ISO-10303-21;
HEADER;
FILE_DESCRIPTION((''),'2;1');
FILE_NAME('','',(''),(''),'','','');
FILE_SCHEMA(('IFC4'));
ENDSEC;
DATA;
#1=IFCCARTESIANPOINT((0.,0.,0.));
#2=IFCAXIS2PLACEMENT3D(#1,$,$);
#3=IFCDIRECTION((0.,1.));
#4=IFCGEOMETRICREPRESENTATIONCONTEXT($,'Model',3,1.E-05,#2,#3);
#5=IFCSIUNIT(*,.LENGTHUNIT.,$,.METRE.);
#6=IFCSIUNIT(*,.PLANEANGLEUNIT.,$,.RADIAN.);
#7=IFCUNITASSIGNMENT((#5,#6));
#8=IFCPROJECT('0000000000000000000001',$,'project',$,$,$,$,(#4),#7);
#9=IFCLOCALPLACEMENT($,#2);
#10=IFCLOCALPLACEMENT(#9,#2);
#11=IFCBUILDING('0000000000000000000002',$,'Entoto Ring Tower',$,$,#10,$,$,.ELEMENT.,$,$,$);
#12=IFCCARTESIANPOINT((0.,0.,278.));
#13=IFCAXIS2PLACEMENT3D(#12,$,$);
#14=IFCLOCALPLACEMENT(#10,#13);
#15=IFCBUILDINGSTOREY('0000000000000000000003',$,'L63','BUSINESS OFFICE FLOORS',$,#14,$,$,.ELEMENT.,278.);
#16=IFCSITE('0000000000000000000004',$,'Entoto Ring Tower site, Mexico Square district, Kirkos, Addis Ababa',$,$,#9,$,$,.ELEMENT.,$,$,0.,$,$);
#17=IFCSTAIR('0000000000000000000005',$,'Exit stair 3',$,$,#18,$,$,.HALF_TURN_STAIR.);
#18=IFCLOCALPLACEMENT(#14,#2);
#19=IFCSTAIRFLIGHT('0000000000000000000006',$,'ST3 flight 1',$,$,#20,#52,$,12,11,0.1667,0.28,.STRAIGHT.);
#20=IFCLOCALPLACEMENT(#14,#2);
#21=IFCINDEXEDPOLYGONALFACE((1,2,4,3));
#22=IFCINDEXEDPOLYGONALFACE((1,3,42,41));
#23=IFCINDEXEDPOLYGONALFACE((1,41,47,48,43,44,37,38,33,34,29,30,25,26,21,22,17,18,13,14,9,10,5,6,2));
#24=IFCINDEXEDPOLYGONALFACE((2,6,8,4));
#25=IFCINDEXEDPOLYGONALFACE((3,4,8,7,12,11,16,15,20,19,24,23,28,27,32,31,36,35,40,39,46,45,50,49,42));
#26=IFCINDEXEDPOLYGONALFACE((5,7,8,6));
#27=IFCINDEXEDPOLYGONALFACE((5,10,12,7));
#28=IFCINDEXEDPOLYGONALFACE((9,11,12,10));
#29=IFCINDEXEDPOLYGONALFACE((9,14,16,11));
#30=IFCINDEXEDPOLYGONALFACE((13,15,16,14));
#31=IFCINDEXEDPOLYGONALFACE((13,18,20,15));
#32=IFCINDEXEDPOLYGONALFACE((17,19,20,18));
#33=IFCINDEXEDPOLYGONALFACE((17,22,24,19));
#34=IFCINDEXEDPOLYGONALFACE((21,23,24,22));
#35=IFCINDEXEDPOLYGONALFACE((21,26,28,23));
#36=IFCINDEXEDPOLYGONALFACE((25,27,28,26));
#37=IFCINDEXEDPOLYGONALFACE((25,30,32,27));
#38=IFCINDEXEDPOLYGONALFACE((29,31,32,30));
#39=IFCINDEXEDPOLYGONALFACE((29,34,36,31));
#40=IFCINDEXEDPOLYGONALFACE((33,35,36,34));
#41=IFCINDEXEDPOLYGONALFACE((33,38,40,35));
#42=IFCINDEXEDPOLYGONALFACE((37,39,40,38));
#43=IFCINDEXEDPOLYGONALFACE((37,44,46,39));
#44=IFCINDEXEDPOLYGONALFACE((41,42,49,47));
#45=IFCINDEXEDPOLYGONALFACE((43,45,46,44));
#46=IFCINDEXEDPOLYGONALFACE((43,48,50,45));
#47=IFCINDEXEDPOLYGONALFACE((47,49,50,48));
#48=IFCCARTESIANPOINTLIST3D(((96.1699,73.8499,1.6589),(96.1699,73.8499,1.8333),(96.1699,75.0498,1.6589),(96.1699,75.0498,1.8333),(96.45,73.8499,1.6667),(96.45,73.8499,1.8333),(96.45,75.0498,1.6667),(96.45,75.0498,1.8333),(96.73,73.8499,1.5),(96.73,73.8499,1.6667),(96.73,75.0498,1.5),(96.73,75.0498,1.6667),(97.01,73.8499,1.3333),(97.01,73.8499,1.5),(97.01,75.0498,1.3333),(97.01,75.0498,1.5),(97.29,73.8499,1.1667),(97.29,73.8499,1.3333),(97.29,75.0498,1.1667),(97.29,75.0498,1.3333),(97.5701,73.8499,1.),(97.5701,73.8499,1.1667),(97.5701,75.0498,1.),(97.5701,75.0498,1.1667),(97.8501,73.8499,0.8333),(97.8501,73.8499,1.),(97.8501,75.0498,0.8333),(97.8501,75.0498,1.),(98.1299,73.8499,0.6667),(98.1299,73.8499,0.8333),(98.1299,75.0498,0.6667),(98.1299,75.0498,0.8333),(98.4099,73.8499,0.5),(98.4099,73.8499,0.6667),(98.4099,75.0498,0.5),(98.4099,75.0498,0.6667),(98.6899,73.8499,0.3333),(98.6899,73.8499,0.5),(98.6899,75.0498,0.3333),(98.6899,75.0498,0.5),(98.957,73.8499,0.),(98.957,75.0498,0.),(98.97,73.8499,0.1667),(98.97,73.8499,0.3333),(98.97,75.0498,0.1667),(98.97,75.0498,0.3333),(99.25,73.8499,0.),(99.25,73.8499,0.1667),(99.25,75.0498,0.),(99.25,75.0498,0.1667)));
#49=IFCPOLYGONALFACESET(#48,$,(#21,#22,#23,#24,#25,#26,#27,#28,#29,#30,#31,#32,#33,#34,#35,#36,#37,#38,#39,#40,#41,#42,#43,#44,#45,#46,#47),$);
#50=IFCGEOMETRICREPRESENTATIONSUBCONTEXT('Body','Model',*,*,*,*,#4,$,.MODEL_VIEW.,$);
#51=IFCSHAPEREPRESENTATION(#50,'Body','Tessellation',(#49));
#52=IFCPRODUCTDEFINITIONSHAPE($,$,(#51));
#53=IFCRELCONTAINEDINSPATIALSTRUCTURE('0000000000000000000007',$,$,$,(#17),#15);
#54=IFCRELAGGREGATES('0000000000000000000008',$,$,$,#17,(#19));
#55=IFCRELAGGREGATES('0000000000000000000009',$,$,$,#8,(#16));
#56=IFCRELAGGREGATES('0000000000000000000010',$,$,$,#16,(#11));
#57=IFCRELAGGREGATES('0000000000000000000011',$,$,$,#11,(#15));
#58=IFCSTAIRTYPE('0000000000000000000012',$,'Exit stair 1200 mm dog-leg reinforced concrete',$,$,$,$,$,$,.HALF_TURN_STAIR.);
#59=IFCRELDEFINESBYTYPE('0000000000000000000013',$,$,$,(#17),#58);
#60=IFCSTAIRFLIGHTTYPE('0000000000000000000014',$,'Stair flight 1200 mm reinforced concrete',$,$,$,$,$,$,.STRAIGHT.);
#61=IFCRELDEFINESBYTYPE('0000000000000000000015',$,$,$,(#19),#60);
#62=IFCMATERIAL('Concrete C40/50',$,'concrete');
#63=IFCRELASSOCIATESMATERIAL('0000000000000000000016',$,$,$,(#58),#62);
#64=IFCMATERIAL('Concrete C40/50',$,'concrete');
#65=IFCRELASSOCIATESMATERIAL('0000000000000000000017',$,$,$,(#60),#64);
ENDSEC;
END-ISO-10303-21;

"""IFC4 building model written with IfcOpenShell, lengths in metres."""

from ifc_helpers import new_model, si_unit, direction, frame, origin, place, context, subcontext, project, spatial, polyline, outline, extrude, material, type_object, element, aggregate, save


model = new_model("IFC4")

# Units and contexts
model_context = context("Model", 3, precision=1e-05, world=origin(), true_north=direction((0.0, 1.0)))
body_context = subcontext(model_context, "Body", "Model", "MODEL_VIEW")
ifc_project = project(units=[si_unit("LENGTHUNIT", "METRE"), si_unit("PLANEANGLEUNIT", "RADIAN")], contexts=[model_context])

# Site, building, storey
site_placement = place(None, origin())
site = spatial("IfcSite", under=ifc_project, at=site_placement, Name="Entoto Ring Tower site, Mexico Square district, Kirkos, Addis Ababa", CompositionType="ELEMENT", RefElevation=0.0)
building_placement = place(site_placement, origin())
building = spatial("IfcBuilding", under=site, at=building_placement, Name="Entoto Ring Tower", CompositionType="ELEMENT")
storey_placement = place(building_placement, frame((0.0, 0.0, 278.0)))
storey = spatial("IfcBuildingStorey", under=building, at=storey_placement, Name="L63", Description="BUSINESS OFFICE FLOORS", CompositionType="ELEMENT", Elevation=278.0)

# Stair, stair flight
ifc_material_1 = material(Name="Concrete C40/50", Category="concrete")
stair_type = type_object("IfcStairType", Name="Exit stair 1200 mm dog-leg reinforced concrete", PredefinedType="HALF_TURN_STAIR", material=ifc_material_1)
stair_placement = place(storey_placement, origin())
stair = element("IfcStair", 1, at=stair_placement, inside=storey, type_object=stair_type, Name="Exit stair 3", PredefinedType="HALF_TURN_STAIR")
ifc_material_2 = material(Name="Concrete C40/50", Category="concrete")
stair_flight_type = type_object("IfcStairFlightType", Name="Stair flight 1200 mm reinforced concrete", PredefinedType="STRAIGHT", material=ifc_material_2)
stair_flight_placement = place(storey_placement, frame((99.25, 74.45, 0.0), z_axis=(0.0, 0.0, 1.0), x_axis=(-1.0, 0.0, 0.0)))
stair_flight = element("IfcStairFlight", 2, at=stair_flight_placement, type_object=stair_flight_type, Name="ST3 flight 1", NumberOfRisers=12, NumberOfTreads=11, PredefinedType="STRAIGHT", RiserHeight=0.1667, TreadLength=0.28, context=body_context, shape_type="SweptSolid", body=[
    extrude(outline(polyline([(0.0, 0.0), (0.0, 0.1667), (0.28, 0.1667), (0.28, 0.3333), (0.5601, 0.3333), (0.5601, 0.5), (0.8401, 0.5), (0.8401, 0.6667), (1.1201, 0.6667), (1.1201, 0.8333), (1.3999, 0.8333), (1.3999, 1.0), (1.6799, 1.0), (1.6799, 1.1667), (1.96, 1.1667), (1.96, 1.3333), (2.24, 1.3333), (2.24, 1.5), (2.52, 1.5), (2.52, 1.6667), (2.8, 1.6667), (2.8, 1.8333), (3.0801, 1.8333), (3.0801, 2.0), (3.0801, 1.6589), (0.293, 0.0), (0.0, 0.0)])), frame((0.0, 0.6001, 0.0), z_axis=(0.0, -1.0, 0.0), x_axis=(1.0, 0.0, 0.0)), (0.0, 0.0, 1.0), 1.2),
])
aggregate(stair, [stair_flight])

save(model, "model.ifc")
